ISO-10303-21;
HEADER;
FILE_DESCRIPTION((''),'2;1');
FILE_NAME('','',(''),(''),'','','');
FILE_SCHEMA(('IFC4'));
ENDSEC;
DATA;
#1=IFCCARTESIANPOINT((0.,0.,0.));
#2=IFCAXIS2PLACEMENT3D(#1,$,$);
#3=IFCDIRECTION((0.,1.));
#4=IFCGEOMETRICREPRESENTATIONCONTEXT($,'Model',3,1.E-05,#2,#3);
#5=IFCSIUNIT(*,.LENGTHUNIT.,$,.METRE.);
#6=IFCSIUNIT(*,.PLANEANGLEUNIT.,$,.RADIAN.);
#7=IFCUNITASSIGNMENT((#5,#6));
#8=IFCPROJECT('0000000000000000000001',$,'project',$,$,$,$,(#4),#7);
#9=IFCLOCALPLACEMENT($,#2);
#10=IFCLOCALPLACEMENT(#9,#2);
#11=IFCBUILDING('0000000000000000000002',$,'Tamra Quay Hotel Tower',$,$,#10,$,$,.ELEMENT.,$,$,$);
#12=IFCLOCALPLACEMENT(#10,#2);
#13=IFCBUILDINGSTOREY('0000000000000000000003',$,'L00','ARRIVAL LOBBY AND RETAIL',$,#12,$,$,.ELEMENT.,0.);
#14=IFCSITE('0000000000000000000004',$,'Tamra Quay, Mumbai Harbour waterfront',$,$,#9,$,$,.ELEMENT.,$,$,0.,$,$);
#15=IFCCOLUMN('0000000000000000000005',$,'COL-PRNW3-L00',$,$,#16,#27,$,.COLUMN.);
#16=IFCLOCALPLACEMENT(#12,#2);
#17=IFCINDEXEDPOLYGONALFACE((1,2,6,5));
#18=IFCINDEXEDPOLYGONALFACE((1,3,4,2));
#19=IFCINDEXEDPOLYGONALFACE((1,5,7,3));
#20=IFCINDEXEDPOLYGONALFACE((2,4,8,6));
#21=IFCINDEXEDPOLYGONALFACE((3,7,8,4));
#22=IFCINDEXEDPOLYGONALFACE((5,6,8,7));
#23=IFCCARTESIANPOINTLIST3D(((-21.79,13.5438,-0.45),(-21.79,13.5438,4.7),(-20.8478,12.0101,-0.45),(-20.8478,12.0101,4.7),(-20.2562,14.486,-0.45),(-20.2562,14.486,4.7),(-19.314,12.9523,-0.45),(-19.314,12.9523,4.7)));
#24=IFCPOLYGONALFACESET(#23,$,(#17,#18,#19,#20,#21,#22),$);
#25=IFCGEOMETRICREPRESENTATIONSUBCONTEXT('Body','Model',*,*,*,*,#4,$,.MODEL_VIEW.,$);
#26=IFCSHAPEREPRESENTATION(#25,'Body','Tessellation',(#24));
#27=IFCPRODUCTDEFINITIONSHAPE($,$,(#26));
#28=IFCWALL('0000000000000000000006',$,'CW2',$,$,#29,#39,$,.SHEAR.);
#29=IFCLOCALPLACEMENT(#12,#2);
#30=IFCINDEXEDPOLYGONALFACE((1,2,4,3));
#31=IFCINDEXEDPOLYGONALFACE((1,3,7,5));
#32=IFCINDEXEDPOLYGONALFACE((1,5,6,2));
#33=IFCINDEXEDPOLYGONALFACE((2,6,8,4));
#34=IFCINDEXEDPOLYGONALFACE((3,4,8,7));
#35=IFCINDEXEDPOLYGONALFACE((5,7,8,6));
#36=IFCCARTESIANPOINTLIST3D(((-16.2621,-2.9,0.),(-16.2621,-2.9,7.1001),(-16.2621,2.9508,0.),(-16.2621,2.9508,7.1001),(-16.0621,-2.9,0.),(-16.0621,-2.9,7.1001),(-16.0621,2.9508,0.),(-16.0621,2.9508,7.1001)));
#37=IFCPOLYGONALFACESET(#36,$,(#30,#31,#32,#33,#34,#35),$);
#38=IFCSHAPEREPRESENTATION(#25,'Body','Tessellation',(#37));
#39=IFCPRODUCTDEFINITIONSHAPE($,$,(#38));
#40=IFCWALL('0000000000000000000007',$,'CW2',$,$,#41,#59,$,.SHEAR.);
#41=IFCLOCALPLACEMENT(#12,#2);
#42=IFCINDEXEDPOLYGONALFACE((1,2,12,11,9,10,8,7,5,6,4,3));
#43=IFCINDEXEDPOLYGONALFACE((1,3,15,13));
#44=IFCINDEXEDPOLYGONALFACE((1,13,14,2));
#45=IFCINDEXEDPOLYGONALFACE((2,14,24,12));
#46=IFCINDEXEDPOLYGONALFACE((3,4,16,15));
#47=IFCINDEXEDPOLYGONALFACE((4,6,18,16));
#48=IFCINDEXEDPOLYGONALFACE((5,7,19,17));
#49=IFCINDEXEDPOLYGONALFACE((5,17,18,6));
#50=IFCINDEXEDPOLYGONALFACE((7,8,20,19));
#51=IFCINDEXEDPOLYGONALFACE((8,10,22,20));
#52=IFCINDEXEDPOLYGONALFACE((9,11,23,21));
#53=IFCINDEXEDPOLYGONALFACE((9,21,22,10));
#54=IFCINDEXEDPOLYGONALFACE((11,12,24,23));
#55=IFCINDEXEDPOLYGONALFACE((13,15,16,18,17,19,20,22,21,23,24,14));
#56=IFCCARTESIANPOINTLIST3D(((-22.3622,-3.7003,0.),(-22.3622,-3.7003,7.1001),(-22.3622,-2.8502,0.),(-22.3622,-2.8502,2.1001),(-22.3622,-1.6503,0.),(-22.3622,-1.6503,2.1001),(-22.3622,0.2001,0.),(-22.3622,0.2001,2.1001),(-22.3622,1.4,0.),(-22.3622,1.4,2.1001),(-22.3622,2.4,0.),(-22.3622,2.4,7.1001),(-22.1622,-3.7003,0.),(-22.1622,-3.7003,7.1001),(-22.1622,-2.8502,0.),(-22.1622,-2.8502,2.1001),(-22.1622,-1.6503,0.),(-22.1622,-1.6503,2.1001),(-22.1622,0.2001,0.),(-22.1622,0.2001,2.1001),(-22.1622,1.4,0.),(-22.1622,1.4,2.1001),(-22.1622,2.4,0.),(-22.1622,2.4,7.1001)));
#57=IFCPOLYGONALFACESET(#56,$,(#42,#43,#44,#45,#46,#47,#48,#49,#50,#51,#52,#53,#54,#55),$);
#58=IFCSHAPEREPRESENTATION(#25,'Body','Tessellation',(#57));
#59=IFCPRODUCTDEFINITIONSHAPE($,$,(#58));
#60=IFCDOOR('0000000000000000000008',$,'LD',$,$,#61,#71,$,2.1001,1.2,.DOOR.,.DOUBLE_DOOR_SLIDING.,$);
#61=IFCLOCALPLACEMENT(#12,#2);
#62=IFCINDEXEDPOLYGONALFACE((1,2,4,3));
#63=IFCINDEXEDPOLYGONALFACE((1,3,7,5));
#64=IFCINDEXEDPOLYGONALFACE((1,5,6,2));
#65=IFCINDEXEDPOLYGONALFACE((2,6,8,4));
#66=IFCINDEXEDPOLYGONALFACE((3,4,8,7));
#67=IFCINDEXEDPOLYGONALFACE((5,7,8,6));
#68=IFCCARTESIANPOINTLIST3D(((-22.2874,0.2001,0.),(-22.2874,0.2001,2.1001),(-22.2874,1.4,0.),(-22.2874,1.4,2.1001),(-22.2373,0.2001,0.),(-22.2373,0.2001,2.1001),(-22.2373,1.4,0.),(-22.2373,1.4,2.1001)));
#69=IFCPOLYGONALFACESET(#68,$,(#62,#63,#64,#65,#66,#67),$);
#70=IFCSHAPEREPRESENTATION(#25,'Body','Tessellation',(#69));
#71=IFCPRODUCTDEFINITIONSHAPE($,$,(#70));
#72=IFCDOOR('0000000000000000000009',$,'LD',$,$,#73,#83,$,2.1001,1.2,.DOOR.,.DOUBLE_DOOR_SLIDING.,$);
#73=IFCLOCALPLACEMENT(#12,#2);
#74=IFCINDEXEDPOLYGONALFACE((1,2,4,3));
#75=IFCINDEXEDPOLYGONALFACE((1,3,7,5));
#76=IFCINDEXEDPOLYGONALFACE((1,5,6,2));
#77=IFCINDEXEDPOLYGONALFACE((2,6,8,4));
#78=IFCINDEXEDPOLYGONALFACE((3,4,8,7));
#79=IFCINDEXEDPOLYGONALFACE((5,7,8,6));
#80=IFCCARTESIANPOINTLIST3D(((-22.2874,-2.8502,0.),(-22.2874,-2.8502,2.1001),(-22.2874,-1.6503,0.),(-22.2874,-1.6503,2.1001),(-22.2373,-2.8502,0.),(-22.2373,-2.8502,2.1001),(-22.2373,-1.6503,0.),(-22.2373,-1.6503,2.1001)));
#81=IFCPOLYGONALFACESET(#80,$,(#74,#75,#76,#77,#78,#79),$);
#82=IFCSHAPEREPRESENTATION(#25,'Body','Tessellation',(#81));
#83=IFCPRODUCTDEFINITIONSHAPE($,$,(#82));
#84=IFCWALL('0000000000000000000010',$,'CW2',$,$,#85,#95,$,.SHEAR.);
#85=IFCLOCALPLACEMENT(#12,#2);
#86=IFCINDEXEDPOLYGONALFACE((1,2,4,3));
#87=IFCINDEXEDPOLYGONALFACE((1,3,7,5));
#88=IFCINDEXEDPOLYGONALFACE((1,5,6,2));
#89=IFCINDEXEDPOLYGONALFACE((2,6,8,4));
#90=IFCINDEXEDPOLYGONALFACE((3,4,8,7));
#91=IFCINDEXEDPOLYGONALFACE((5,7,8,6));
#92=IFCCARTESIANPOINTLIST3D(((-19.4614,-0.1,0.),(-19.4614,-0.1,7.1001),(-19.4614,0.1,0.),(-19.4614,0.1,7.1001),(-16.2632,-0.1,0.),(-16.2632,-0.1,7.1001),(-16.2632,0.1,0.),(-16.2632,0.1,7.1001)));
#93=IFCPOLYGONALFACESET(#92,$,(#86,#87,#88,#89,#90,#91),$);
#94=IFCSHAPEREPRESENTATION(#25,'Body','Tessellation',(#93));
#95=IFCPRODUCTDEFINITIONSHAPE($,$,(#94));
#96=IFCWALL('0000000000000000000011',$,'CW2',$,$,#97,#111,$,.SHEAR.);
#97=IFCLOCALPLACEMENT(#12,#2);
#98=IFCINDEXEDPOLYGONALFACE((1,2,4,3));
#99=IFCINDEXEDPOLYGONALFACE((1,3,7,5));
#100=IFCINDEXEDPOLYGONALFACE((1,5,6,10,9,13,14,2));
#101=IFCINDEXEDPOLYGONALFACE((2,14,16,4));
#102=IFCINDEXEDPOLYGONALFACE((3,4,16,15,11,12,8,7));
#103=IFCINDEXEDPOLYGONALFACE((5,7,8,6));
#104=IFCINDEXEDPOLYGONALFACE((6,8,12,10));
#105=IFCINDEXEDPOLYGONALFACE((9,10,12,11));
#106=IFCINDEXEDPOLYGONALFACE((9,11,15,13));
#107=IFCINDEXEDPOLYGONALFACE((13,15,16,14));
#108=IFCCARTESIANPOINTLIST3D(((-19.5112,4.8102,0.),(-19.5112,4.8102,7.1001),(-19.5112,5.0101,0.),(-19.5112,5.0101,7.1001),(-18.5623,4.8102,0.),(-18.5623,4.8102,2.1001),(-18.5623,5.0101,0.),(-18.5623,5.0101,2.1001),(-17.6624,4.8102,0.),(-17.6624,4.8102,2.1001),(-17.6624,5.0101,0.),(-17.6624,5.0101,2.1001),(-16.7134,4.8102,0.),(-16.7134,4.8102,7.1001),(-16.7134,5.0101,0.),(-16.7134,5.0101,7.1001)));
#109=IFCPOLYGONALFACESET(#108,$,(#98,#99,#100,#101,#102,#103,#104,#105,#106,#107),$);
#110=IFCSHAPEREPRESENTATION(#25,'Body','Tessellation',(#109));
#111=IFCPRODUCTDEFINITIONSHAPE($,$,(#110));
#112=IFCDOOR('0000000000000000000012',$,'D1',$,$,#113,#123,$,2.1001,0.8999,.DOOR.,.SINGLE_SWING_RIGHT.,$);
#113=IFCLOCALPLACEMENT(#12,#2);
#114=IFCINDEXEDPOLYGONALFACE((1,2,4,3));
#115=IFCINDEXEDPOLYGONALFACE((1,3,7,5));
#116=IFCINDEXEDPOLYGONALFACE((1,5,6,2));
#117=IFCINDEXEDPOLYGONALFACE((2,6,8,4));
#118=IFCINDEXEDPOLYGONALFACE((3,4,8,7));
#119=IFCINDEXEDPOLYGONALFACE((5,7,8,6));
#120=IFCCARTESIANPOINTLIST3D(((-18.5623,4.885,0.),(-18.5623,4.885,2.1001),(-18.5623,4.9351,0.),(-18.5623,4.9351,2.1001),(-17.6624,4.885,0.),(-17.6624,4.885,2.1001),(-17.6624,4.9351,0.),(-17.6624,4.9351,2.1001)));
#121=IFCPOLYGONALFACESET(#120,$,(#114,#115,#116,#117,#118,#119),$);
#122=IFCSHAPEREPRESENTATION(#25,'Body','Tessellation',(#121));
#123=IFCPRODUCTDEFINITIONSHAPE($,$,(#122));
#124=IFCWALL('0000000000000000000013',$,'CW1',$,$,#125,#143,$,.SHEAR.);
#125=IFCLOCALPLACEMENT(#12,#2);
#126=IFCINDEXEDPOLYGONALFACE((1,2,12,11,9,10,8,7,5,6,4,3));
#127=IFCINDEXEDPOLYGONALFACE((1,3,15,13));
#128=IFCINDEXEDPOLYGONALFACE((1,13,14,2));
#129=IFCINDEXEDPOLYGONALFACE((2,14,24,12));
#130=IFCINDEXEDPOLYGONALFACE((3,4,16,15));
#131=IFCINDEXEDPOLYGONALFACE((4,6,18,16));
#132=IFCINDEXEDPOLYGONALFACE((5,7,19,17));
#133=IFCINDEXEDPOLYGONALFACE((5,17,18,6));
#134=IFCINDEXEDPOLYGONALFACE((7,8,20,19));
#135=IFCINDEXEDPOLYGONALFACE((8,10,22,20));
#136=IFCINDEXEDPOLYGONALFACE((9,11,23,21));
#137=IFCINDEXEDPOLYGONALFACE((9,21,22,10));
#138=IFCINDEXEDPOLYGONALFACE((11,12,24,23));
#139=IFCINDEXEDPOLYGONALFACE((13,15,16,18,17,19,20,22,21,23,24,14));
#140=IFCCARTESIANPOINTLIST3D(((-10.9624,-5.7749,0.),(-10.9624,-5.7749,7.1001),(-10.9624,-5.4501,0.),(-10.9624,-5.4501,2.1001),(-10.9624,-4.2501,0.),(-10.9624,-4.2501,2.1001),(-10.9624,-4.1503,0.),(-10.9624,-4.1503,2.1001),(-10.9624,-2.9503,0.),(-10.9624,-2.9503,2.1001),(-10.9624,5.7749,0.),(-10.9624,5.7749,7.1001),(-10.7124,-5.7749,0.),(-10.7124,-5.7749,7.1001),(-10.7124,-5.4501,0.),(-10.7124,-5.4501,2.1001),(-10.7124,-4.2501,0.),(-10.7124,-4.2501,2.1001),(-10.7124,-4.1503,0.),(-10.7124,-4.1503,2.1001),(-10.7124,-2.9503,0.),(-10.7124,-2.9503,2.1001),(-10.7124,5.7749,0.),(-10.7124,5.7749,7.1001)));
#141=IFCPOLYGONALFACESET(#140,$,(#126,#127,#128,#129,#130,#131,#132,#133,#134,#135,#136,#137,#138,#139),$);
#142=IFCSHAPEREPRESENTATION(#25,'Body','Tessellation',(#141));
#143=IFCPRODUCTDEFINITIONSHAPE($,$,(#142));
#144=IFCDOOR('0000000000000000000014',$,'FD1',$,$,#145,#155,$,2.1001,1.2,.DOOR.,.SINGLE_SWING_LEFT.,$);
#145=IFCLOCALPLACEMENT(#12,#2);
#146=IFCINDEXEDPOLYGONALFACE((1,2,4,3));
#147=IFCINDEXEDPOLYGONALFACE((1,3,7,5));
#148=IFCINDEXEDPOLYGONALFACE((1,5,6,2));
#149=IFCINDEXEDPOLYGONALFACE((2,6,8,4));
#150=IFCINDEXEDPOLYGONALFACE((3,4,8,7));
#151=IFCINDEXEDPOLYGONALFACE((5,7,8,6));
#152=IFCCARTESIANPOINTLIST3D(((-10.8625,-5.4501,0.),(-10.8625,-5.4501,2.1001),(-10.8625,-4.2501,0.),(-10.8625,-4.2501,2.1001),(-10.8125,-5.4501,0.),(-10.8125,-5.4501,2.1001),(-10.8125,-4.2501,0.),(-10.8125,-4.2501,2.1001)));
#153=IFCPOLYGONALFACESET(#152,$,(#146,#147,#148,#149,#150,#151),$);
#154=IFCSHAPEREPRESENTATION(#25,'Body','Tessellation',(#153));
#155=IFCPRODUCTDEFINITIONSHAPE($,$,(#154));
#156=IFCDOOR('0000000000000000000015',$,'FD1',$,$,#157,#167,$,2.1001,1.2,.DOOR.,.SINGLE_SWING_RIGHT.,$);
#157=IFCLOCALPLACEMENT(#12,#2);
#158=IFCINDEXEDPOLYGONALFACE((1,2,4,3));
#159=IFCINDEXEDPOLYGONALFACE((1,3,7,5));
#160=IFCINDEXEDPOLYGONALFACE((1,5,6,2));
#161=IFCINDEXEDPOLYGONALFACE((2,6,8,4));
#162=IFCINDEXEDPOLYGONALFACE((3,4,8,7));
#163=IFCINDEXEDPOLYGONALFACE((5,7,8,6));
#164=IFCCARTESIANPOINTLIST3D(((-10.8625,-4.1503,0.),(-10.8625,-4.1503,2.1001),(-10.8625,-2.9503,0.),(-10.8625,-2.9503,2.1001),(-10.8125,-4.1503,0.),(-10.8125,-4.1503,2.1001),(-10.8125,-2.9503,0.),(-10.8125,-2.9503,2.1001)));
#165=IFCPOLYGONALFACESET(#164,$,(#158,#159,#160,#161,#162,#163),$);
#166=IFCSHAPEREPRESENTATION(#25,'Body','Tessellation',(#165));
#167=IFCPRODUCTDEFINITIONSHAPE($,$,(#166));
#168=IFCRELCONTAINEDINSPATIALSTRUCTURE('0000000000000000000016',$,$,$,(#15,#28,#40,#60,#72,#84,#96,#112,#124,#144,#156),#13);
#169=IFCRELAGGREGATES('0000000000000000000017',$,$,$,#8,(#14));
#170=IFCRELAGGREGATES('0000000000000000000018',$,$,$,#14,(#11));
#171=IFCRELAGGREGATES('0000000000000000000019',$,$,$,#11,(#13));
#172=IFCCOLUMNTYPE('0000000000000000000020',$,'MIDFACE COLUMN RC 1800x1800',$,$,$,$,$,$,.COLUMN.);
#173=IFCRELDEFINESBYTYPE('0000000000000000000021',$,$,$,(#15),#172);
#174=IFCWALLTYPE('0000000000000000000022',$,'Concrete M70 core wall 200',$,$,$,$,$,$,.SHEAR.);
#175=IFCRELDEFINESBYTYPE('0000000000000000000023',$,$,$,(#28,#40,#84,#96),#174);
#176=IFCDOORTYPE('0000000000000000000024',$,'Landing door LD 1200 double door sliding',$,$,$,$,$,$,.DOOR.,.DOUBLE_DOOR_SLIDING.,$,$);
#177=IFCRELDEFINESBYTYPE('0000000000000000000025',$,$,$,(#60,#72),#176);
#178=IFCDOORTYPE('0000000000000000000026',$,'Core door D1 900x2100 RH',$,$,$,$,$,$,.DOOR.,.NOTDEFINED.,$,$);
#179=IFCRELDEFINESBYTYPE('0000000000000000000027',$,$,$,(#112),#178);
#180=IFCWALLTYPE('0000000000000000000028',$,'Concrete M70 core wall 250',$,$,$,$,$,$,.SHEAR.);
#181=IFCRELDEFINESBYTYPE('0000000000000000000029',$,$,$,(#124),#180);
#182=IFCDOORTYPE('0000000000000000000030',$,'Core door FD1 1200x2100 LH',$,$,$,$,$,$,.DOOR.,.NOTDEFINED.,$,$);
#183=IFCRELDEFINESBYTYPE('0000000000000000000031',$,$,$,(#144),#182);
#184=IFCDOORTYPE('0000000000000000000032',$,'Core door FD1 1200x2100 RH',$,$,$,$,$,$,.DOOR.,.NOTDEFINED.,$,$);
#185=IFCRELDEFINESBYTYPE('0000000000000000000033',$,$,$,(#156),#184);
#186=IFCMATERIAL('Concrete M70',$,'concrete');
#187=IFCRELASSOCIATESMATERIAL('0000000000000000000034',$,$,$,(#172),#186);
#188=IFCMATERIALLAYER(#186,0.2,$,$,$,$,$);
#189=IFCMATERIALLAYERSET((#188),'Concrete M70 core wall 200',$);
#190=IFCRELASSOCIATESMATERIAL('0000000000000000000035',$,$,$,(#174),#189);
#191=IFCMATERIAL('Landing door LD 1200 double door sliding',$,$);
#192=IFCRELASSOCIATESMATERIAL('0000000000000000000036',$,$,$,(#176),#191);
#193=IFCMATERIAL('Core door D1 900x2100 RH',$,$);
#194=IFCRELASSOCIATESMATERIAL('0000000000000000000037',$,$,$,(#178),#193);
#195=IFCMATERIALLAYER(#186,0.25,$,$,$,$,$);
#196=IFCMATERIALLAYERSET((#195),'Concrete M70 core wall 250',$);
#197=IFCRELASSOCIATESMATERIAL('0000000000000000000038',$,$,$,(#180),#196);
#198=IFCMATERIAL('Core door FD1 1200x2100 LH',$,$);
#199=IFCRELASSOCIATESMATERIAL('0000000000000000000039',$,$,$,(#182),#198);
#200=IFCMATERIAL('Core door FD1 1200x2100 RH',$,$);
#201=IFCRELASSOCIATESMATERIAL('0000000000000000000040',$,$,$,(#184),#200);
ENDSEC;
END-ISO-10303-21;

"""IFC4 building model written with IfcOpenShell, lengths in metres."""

from ifc_helpers import new_model, si_unit, direction, frame, frame_2d, origin, origin_2d, place, context, subcontext, project, spatial, rectangle, extrude, material, layer, layer_set, material_profile, profile_set, type_object, element, fill, save


model = new_model("IFC4")

# Units and contexts
model_context = context("Model", 3, precision=1e-05, world=origin(), true_north=direction((0.0, 1.0)))
body_context = subcontext(model_context, "Body", "Model", "MODEL_VIEW")
ifc_project = project(units=[si_unit("LENGTHUNIT", "METRE"), si_unit("PLANEANGLEUNIT", "RADIAN")], contexts=[model_context])

# Site, building, storey
site_placement = place(None, origin())
site = spatial("IfcSite", under=ifc_project, at=site_placement, Name="Tamra Quay, Mumbai Harbour waterfront", CompositionType="ELEMENT", RefElevation=0.0)
building_placement = place(site_placement, origin())
building = spatial("IfcBuilding", under=site, at=building_placement, Name="Tamra Quay Hotel Tower", CompositionType="ELEMENT")
storey_placement = place(building_placement, origin())
storey = spatial("IfcBuildingStorey", under=building, at=storey_placement, Name="L00", Description="ARRIVAL LOBBY AND RETAIL", CompositionType="ELEMENT", Elevation=0.0)

# Column
ifc_material_1 = material(Name="Concrete M70", Category="concrete")
ifc_material_profile = material_profile(ifc_material_1, rectangle(XDim=1.8, YDim=1.8, at=origin_2d()), Name="MIDFACE COLUMN RC 1800x1800")
ifc_profile_set = profile_set([ifc_material_profile], Name="Concrete M70")
column_type = type_object("IfcColumnType", Name="MIDFACE COLUMN RC 1800x1800", PredefinedType="COLUMN", material=ifc_profile_set)
column_placement = place(storey_placement, frame((-20.552, 13.248, -0.45), z_axis=(0.0, 0.0, 1.0), x_axis=(-0.52343, 0.852069, 0.0)))
element("IfcColumn", 1, at=column_placement, inside=storey, type_object=column_type, Name="COL-PRNW3-L00", PredefinedType="COLUMN", context=body_context, shape_type="SweptSolid", body=[
    extrude(rectangle(XDim=1.8, YDim=1.8, at=origin_2d()), origin(), (0.0, 0.0, 1.0), 5.1499),
])

# Wall
ifc_layer_1 = layer(ifc_material_1, 0.2)
ifc_layer_set_1 = layer_set([ifc_layer_1], Name="Concrete M70 core wall 200")
wall_type_1 = type_object("IfcWallType", Name="Concrete M70 core wall 200", PredefinedType="SHEAR", material=ifc_layer_set_1)
wall_1_placement = place(storey_placement, frame((-16.1621, 2.9507, 0.0), z_axis=(0.0, 0.0, 1.0), x_axis=(0.0, -1.0, 0.0)))
element("IfcWall", 2, at=wall_1_placement, inside=storey, type_object=wall_type_1, Name="CW2", PredefinedType="SHEAR", context=body_context, shape_type="SweptSolid", body=[
    extrude(rectangle(XDim=5.8508, YDim=0.2, at=frame_2d((2.9253, 0.0))), origin(), (0.0, 0.0, 1.0), 7.1001),
])

# Wall, openings, doors
wall_2_placement = place(storey_placement, frame((-22.2622, 2.4001, 0.0), z_axis=(0.0, 0.0, 1.0), x_axis=(0.0, -1.0, 0.0)))
wall_2 = element("IfcWall", 3, at=wall_2_placement, inside=storey, type_object=wall_type_1, Name="CW2", PredefinedType="SHEAR", context=body_context, shape_type="SweptSolid", body=[
    extrude(rectangle(XDim=6.1003, YDim=0.2, at=frame_2d((3.0503, 0.0))), origin(), (0.0, 0.0, 1.0), 7.1001),
])
opening_1_placement = place(wall_2_placement, frame((1.0, 0.0, 0.0)))
opening_1 = element("IfcOpeningElement", 4, at=opening_1_placement, cuts=wall_2, PredefinedType="OPENING", context=body_context, shape_type="SweptSolid", body=[
    extrude(rectangle(XDim=1.2, YDim=2.1001, at=frame_2d((0.6001, 1.05))), frame((0.0, 0.1099, 0.0), z_axis=(0.0, -1.0, 0.0), x_axis=(1.0, 0.0, 0.0)), (0.0, 0.0, 1.0), 0.22),
])
opening_2_placement = place(wall_2_placement, frame((4.0503, 0.0, 0.0)))
opening_2 = element("IfcOpeningElement", 5, at=opening_2_placement, cuts=wall_2, PredefinedType="OPENING", context=body_context, shape_type="SweptSolid", body=[
    extrude(rectangle(XDim=1.2, YDim=2.1001, at=frame_2d((0.6001, 1.05))), frame((0.0, 0.1099, 0.0), z_axis=(0.0, -1.0, 0.0), x_axis=(1.0, 0.0, 0.0)), (0.0, 0.0, 1.0), 0.22),
])
ifc_material_2 = material(Name="Landing door LD 1200 double door sliding")
door_type_1 = type_object("IfcDoorType", Name="Landing door LD 1200 double door sliding", OperationType="DOUBLE_DOOR_SLIDING", PredefinedType="DOOR", material=ifc_material_2)
door_1_placement = place(opening_1_placement, origin())
door_1 = element("IfcDoor", 6, at=door_1_placement, inside=storey, type_object=door_type_1, Name="LD", OperationType="DOUBLE_DOOR_SLIDING", OverallHeight=2.1001, OverallWidth=1.2, PredefinedType="DOOR", context=body_context, shape_type="SweptSolid", body=[
    extrude(rectangle(XDim=1.2, YDim=2.1001, at=frame_2d((0.6001, 1.05))), frame((0.0, 0.0249, 0.0), z_axis=(0.0, -1.0, 0.0), x_axis=(1.0, 0.0, 0.0)), (0.0, 0.0, 1.0), 0.05),
])
fill(opening_1, door_1)
door_2_placement = place(opening_2_placement, origin())
door_2 = element("IfcDoor", 7, at=door_2_placement, inside=storey, type_object=door_type_1, Name="LD", OperationType="DOUBLE_DOOR_SLIDING", OverallHeight=2.1001, OverallWidth=1.2, PredefinedType="DOOR", context=body_context, shape_type="SweptSolid", body=[
    extrude(rectangle(XDim=1.2, YDim=2.1001, at=frame_2d((0.6001, 1.05))), frame((0.0, 0.0249, 0.0), z_axis=(0.0, -1.0, 0.0), x_axis=(1.0, 0.0, 0.0)), (0.0, 0.0, 1.0), 0.05),
])
fill(opening_2, door_2)

# Wall
wall_3_placement = place(storey_placement, frame((-16.2632, 0.0, 0.0), z_axis=(0.0, 0.0, 1.0), x_axis=(-1.0, 0.0, 0.0)))
element("IfcWall", 8, at=wall_3_placement, inside=storey, type_object=wall_type_1, Name="CW2", PredefinedType="SHEAR", context=body_context, shape_type="SweptSolid", body=[
    extrude(rectangle(XDim=3.1982, YDim=0.2, at=frame_2d((1.5991, 0.0))), origin(), (0.0, 0.0, 1.0), 7.1001),
])

# Wall, opening, door
wall_4_placement = place(storey_placement, frame((-19.5112, 4.9102, 0.0), z_axis=(0.0, 0.0, 1.0), x_axis=(1.0, 0.0, 0.0)))
wall_4 = element("IfcWall", 9, at=wall_4_placement, inside=storey, type_object=wall_type_1, Name="CW2", PredefinedType="SHEAR", context=body_context, shape_type="SweptSolid", body=[
    extrude(rectangle(XDim=2.7979, YDim=0.2, at=frame_2d((1.3989, 0.0))), origin(), (0.0, 0.0, 1.0), 7.1001),
])
opening_3_placement = place(wall_4_placement, frame((0.949, 0.0, 0.0)))
opening_3 = element("IfcOpeningElement", 10, at=opening_3_placement, cuts=wall_4, PredefinedType="OPENING", context=body_context, shape_type="SweptSolid", body=[
    extrude(rectangle(XDim=0.8999, YDim=2.1001, at=frame_2d((0.45, 1.05))), frame((0.0, 0.1099, 0.0), z_axis=(0.0, -1.0, 0.0), x_axis=(1.0, 0.0, 0.0)), (0.0, 0.0, 1.0), 0.22),
])
ifc_material_3 = material(Name="Core door D1 900x2100 RH")
door_type_2 = type_object("IfcDoorType", Name="Core door D1 900x2100 RH", OperationType="NOTDEFINED", PredefinedType="DOOR", material=ifc_material_3)
door_3_placement = place(opening_3_placement, origin())
door_3 = element("IfcDoor", 11, at=door_3_placement, inside=storey, type_object=door_type_2, Name="D1", OperationType="SINGLE_SWING_RIGHT", OverallHeight=2.1001, OverallWidth=0.8999, PredefinedType="DOOR", context=body_context, shape_type="SweptSolid", body=[
    extrude(rectangle(XDim=0.8999, YDim=2.1001, at=frame_2d((0.45, 1.05))), frame((0.0, 0.0249, 0.0), z_axis=(0.0, -1.0, 0.0), x_axis=(1.0, 0.0, 0.0)), (0.0, 0.0, 1.0), 0.05),
])
fill(opening_3, door_3)

# Wall, openings, doors
ifc_layer_2 = layer(ifc_material_1, 0.25)
ifc_layer_set_2 = layer_set([ifc_layer_2], Name="Concrete M70 core wall 250")
wall_type_2 = type_object("IfcWallType", Name="Concrete M70 core wall 250", PredefinedType="SHEAR", material=ifc_layer_set_2)
wall_5_placement = place(storey_placement, frame((-10.8374, 5.7749, 0.0), z_axis=(0.0, 0.0, 1.0), x_axis=(0.0, -1.0, 0.0)))
wall_5 = element("IfcWall", 12, at=wall_5_placement, inside=storey, type_object=wall_type_2, Name="CW1", PredefinedType="SHEAR", context=body_context, shape_type="SweptSolid", body=[
    extrude(rectangle(XDim=11.5498, YDim=0.25, at=frame_2d((5.7749, 0.0))), origin(), (0.0, 0.0, 1.0), 7.1001),
])
opening_4_placement = place(wall_5_placement, frame((10.0249, 0.0, 0.0)))
opening_4 = element("IfcOpeningElement", 13, at=opening_4_placement, cuts=wall_5, PredefinedType="OPENING", context=body_context, shape_type="SweptSolid", body=[
    extrude(rectangle(XDim=1.2, YDim=2.1001, at=frame_2d((0.6001, 1.05))), frame((0.0, 0.135, 0.0), z_axis=(0.0, -1.0, 0.0), x_axis=(1.0, 0.0, 0.0)), (0.0, 0.0, 1.0), 0.27),
])
opening_5_placement = place(wall_5_placement, frame((8.7251, 0.0, 0.0)))
opening_5 = element("IfcOpeningElement", 14, at=opening_5_placement, cuts=wall_5, PredefinedType="OPENING", context=body_context, shape_type="SweptSolid", body=[
    extrude(rectangle(XDim=1.2, YDim=2.1001, at=frame_2d((0.6001, 1.05))), frame((0.0, 0.135, 0.0), z_axis=(0.0, -1.0, 0.0), x_axis=(1.0, 0.0, 0.0)), (0.0, 0.0, 1.0), 0.27),
])
ifc_material_4 = material(Name="Core door FD1 1200x2100 LH")
door_type_3 = type_object("IfcDoorType", Name="Core door FD1 1200x2100 LH", OperationType="NOTDEFINED", PredefinedType="DOOR", material=ifc_material_4)
door_4_placement = place(opening_4_placement, origin())
door_4 = element("IfcDoor", 15, at=door_4_placement, inside=storey, type_object=door_type_3, Name="FD1", OperationType="SINGLE_SWING_LEFT", OverallHeight=2.1001, OverallWidth=1.2, PredefinedType="DOOR", context=body_context, shape_type="SweptSolid", body=[
    extrude(rectangle(XDim=1.2, YDim=2.1001, at=frame_2d((0.6001, 1.05))), frame((0.0, 0.0249, 0.0), z_axis=(0.0, -1.0, 0.0), x_axis=(1.0, 0.0, 0.0)), (0.0, 0.0, 1.0), 0.05),
])
fill(opening_4, door_4)
ifc_material_5 = material(Name="Core door FD1 1200x2100 RH")
door_type_4 = type_object("IfcDoorType", Name="Core door FD1 1200x2100 RH", OperationType="NOTDEFINED", PredefinedType="DOOR", material=ifc_material_5)
door_5_placement = place(opening_5_placement, origin())
door_5 = element("IfcDoor", 16, at=door_5_placement, inside=storey, type_object=door_type_4, Name="FD1", OperationType="SINGLE_SWING_RIGHT", OverallHeight=2.1001, OverallWidth=1.2, PredefinedType="DOOR", context=body_context, shape_type="SweptSolid", body=[
    extrude(rectangle(XDim=1.2, YDim=2.1001, at=frame_2d((0.6001, 1.05))), frame((0.0, 0.0249, 0.0), z_axis=(0.0, -1.0, 0.0), x_axis=(1.0, 0.0, 0.0)), (0.0, 0.0, 1.0), 0.05),
])
fill(opening_5, door_5)

save(model, "model.ifc")
